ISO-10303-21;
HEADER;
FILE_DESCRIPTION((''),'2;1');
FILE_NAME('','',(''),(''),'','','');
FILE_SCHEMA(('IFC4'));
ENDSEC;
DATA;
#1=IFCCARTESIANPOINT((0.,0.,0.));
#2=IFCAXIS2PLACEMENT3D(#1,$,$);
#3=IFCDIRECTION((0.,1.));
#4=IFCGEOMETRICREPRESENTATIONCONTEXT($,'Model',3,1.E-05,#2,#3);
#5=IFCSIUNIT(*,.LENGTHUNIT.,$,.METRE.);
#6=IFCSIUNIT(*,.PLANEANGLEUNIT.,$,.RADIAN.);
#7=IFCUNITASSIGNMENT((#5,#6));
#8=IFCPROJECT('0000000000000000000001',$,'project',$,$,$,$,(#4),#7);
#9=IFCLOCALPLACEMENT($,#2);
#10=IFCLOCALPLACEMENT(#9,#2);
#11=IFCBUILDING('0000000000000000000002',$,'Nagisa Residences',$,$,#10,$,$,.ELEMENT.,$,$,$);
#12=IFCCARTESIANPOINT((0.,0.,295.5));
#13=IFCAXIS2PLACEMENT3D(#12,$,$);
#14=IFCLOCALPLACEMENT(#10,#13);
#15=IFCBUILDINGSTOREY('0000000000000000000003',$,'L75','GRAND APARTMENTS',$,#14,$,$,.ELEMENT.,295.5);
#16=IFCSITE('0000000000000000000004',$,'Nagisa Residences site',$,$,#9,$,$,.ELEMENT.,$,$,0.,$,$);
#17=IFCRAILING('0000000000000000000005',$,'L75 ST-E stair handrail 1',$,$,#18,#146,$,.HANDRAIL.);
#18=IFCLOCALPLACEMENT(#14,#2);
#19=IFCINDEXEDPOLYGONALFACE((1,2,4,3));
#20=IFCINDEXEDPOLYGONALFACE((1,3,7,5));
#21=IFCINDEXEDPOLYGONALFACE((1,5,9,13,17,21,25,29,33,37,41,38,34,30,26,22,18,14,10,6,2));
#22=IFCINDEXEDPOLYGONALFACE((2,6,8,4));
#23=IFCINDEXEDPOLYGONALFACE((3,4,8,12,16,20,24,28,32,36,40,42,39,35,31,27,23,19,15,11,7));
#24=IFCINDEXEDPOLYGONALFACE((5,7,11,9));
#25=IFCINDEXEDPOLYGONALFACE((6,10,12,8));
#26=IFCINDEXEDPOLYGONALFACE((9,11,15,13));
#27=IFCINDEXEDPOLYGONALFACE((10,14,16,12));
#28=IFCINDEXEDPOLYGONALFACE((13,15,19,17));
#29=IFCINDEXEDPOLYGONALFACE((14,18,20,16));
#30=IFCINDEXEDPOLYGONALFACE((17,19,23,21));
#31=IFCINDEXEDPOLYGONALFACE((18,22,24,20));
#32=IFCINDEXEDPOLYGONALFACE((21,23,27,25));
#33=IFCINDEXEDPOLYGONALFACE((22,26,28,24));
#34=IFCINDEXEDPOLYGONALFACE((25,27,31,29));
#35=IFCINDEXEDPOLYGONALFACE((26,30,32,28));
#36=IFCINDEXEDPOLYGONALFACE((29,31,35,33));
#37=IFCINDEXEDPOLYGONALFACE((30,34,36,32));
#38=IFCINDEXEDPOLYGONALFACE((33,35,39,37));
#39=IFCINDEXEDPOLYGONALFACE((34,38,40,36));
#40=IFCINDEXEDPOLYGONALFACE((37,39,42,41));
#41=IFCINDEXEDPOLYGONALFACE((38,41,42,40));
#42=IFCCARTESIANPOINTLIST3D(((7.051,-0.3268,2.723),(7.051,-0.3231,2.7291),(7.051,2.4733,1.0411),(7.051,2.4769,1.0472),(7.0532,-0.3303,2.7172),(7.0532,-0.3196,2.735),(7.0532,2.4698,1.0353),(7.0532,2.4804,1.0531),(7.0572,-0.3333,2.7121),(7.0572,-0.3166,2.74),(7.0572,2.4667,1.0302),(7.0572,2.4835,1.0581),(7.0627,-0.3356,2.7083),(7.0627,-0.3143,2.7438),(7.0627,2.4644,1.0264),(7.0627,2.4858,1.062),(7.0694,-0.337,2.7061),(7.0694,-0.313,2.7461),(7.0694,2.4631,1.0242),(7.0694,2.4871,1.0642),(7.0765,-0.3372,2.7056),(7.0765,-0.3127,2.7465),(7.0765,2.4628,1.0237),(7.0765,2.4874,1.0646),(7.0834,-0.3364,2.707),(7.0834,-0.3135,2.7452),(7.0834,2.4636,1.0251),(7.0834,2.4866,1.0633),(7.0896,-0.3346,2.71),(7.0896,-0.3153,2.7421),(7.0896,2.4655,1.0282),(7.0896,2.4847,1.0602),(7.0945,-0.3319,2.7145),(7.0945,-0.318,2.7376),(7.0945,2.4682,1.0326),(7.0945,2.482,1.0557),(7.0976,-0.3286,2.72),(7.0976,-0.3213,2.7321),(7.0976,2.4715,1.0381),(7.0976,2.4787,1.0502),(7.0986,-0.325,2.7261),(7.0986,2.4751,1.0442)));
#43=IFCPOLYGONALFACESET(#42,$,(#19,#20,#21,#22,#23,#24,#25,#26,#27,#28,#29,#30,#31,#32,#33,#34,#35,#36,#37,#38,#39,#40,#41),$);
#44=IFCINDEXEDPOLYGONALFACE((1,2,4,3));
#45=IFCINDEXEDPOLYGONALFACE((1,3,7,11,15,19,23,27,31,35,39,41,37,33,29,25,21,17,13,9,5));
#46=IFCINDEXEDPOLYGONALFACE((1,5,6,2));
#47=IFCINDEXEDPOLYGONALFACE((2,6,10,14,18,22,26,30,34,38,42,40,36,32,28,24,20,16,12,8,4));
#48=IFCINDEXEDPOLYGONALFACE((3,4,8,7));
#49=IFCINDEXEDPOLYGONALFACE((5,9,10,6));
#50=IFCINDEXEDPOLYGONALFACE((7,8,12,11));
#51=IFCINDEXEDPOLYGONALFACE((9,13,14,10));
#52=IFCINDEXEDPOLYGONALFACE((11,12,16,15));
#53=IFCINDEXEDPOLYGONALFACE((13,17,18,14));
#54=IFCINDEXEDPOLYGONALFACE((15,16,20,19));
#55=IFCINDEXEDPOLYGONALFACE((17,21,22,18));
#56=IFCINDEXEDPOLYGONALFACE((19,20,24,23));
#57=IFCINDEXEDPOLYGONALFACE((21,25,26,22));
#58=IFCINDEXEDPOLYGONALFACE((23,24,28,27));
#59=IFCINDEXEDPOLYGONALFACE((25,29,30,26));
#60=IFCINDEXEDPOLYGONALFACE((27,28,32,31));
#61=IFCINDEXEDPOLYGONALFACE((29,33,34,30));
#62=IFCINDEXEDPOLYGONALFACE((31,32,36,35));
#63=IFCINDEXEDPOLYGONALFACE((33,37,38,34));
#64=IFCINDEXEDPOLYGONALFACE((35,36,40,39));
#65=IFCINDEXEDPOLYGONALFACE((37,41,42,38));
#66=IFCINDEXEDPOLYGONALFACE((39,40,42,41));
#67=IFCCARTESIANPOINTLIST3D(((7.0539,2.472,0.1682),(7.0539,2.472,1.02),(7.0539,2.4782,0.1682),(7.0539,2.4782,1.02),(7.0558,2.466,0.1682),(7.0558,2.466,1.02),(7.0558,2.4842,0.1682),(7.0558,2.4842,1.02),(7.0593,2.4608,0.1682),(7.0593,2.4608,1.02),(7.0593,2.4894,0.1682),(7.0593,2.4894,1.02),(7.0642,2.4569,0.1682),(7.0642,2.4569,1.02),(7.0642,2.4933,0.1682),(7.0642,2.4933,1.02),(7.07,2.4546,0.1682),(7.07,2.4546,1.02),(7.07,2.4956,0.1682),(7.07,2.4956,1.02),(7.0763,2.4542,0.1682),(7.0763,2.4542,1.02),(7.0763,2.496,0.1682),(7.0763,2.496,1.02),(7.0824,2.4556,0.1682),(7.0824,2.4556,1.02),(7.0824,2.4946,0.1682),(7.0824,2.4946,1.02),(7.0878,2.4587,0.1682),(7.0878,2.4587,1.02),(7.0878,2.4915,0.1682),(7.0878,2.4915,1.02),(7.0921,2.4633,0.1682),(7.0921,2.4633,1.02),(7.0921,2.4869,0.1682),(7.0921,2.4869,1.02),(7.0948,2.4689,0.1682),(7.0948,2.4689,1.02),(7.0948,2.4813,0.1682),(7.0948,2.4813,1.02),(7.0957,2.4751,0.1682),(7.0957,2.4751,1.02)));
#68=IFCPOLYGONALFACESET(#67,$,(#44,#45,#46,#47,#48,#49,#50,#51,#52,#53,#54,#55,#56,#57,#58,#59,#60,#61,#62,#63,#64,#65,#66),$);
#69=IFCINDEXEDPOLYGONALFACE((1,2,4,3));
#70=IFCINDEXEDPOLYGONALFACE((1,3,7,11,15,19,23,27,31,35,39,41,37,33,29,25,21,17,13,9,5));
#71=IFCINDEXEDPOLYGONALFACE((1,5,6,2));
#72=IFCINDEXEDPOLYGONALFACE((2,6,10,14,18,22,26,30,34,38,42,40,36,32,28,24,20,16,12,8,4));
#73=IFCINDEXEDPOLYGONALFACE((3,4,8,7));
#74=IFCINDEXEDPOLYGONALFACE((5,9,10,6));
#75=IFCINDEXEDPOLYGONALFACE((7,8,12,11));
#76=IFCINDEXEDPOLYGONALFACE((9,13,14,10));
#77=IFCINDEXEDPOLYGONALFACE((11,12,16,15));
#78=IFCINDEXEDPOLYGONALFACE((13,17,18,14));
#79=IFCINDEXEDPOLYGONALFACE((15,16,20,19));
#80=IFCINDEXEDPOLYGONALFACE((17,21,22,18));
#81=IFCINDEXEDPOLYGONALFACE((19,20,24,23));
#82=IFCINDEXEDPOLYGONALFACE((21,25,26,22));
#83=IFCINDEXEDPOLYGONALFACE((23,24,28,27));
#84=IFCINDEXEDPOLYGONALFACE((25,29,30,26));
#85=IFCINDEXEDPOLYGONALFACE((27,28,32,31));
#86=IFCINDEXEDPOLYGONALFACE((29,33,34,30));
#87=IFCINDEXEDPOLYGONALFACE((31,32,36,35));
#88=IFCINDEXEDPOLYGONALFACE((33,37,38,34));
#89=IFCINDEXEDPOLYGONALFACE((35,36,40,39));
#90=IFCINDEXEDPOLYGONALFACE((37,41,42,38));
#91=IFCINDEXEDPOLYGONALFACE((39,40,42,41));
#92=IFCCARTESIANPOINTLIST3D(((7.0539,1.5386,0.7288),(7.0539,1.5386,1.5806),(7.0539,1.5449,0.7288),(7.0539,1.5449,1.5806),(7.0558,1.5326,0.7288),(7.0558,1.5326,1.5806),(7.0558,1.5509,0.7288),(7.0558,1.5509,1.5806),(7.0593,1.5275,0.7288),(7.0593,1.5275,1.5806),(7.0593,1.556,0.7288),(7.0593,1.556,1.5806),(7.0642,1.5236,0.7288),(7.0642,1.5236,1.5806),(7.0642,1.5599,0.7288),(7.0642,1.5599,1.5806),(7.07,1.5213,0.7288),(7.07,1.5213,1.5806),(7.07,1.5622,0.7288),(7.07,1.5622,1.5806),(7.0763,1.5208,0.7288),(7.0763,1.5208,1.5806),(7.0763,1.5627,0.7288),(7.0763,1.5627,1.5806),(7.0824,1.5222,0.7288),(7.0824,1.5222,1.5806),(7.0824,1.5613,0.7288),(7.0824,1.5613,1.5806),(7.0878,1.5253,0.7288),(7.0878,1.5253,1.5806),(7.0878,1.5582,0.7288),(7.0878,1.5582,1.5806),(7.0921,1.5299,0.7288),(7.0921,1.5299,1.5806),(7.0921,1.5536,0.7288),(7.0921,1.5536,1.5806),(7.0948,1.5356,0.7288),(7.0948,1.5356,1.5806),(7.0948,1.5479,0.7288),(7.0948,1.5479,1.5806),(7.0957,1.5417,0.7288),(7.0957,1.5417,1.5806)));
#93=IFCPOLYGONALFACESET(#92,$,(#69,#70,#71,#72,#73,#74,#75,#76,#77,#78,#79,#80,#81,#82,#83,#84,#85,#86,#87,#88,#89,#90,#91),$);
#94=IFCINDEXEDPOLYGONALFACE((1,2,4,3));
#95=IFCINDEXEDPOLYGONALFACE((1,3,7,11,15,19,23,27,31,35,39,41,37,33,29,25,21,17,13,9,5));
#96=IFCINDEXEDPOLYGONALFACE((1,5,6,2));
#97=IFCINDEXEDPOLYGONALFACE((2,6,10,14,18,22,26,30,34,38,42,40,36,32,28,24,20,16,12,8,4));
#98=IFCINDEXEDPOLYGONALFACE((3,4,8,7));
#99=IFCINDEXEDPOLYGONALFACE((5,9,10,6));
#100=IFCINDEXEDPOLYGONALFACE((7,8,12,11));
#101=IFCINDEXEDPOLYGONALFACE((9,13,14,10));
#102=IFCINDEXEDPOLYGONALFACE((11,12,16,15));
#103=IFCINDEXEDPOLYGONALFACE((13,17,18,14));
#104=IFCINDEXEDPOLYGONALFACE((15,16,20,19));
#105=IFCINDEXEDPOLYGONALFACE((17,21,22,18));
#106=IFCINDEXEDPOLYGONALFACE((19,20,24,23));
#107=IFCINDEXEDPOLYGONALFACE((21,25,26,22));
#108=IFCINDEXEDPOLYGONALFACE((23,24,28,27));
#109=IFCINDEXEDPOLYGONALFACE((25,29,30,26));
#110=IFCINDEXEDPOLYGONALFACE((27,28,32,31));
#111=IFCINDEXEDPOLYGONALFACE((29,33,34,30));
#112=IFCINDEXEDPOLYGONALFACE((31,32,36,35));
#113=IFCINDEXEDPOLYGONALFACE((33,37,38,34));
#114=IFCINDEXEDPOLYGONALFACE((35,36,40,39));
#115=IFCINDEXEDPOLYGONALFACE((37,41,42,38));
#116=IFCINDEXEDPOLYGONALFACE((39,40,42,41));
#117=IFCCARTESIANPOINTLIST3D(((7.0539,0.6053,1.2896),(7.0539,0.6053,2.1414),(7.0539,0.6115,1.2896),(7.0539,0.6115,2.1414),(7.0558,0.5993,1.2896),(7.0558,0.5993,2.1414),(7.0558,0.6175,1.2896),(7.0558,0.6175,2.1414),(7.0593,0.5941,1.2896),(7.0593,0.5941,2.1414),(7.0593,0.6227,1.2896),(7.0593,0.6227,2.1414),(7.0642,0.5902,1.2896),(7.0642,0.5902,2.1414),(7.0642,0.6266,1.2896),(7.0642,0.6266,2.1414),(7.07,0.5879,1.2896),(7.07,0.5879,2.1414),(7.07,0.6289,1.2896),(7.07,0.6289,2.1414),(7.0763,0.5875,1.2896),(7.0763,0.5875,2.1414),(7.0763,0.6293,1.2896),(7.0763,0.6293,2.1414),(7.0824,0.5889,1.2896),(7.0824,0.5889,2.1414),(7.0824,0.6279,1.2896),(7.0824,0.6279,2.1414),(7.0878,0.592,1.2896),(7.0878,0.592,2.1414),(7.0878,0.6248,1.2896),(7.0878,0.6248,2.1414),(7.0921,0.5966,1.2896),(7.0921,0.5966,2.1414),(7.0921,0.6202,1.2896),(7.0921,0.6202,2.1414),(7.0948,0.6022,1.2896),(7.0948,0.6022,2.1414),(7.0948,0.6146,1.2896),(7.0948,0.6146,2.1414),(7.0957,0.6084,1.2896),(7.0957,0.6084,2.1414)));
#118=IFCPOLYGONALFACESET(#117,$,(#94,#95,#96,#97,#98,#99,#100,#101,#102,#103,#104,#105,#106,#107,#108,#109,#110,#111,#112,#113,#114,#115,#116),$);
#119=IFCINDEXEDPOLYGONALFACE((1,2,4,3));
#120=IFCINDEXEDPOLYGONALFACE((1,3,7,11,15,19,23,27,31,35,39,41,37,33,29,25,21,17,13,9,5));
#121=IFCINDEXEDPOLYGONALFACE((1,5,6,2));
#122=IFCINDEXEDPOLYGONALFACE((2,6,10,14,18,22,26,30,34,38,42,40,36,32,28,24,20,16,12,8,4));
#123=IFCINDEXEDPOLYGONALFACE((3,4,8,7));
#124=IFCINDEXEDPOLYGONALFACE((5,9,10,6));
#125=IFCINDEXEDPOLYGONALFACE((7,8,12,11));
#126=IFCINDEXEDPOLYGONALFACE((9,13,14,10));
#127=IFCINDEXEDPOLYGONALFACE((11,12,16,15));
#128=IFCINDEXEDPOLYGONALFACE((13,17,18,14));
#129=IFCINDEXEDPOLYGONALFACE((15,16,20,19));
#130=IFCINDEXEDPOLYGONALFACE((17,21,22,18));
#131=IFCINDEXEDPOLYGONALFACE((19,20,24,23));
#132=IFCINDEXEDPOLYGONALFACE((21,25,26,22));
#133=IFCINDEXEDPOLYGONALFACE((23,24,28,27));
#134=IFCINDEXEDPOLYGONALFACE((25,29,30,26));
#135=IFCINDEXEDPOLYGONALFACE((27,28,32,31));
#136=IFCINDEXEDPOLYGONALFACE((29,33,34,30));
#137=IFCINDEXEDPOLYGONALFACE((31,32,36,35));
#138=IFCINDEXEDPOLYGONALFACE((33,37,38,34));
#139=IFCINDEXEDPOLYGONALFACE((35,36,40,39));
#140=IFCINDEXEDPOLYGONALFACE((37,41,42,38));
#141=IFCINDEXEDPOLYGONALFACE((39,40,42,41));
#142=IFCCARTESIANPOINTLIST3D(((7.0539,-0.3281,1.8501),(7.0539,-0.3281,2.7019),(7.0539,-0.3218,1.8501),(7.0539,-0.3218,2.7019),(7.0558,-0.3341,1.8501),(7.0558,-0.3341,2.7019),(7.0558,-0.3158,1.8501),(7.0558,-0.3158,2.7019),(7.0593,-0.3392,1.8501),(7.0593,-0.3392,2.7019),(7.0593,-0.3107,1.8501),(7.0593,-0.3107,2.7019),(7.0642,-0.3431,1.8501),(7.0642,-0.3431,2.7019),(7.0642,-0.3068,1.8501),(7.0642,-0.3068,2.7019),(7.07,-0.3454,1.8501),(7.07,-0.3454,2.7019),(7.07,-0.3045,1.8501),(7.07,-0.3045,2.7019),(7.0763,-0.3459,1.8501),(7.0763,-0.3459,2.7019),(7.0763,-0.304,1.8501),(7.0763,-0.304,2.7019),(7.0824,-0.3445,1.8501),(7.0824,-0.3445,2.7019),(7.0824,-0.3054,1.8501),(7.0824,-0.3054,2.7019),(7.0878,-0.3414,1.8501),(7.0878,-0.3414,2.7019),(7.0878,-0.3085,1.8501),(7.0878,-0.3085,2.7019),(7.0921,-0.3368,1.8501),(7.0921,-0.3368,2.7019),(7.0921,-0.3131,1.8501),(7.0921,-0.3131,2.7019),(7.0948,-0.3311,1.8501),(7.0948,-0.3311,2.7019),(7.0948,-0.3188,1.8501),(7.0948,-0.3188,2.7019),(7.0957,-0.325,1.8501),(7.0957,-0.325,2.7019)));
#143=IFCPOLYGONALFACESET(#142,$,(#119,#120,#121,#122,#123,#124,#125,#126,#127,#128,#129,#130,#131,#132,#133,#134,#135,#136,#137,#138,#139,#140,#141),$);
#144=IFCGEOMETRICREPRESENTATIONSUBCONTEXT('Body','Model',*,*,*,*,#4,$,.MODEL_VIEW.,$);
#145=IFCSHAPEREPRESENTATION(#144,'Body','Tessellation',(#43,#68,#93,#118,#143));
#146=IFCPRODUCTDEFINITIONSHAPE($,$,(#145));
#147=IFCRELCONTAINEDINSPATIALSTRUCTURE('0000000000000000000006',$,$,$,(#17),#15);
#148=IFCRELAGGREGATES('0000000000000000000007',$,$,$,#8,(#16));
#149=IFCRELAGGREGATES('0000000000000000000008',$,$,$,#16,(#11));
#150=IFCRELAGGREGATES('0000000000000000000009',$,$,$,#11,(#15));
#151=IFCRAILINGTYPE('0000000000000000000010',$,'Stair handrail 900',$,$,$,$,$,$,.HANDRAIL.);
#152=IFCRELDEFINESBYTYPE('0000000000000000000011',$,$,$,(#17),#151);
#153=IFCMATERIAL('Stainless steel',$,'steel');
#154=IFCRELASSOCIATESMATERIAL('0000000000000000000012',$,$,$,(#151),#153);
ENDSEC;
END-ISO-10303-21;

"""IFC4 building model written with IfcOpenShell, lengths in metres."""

from ifc_helpers import new_model, si_unit, direction, frame, origin, origin_2d, place, context, subcontext, project, spatial, circle, extrude, material, type_object, element, save


model = new_model("IFC4")

# Units and contexts
model_context = context("Model", 3, precision=1e-05, world=origin(), true_north=direction((0.0, 1.0)))
body_context = subcontext(model_context, "Body", "Model", "MODEL_VIEW")
ifc_project = project(units=[si_unit("LENGTHUNIT", "METRE"), si_unit("PLANEANGLEUNIT", "RADIAN")], contexts=[model_context])

# Site, building, storey
site_placement = place(None, origin())
site = spatial("IfcSite", under=ifc_project, at=site_placement, Name="Nagisa Residences site", CompositionType="ELEMENT", RefElevation=0.0)
building_placement = place(site_placement, origin())
building = spatial("IfcBuilding", under=site, at=building_placement, Name="Nagisa Residences", CompositionType="ELEMENT")
storey_placement = place(building_placement, frame((0.0, 0.0, 295.5)))
storey = spatial("IfcBuildingStorey", under=building, at=storey_placement, Name="L75", Description="GRAND APARTMENTS", CompositionType="ELEMENT", Elevation=295.5)

# Railing
ifc_material_1 = material(Name="Stainless steel", Category="steel")
railing_type_1 = type_object("IfcRailingType", Name="Stair handrail 900", PredefinedType="HANDRAIL", material=ifc_material_1)
railing_1_placement = place(storey_placement, frame((7.0747, 2.4751, 0.1682)))
element("IfcRailing", 1, at=railing_1_placement, inside=storey, type_object=railing_type_1, Name="L75 ST-E stair handrail 1", PredefinedType="HANDRAIL", context=body_context, shape_type="SweptSolid", body=[
    extrude(circle(Radius=0.0239, at=origin_2d()), frame((0.0, 0.0, 0.876), z_axis=(0.0, -0.857242, 0.514913), x_axis=(1.0, 0.0, 0.0)), (0.0, 0.0, 1.0), 3.2664),
    extrude(circle(Radius=0.021, at=origin_2d()), origin(), (0.0, 0.0, 1.0), 0.8518),
    extrude(circle(Radius=0.021, at=origin_2d()), frame((0.0, -0.9333, 0.5605)), (0.0, 0.0, 1.0), 0.8518),
    extrude(circle(Radius=0.021, at=origin_2d()), frame((0.0, -1.8667, 1.1213)), (0.0, 0.0, 1.0), 0.8518),
    extrude(circle(Radius=0.021, at=origin_2d()), frame((0.0, -2.8, 1.6819)), (0.0, 0.0, 1.0), 0.8518),
])

save(model, "model.ifc")
